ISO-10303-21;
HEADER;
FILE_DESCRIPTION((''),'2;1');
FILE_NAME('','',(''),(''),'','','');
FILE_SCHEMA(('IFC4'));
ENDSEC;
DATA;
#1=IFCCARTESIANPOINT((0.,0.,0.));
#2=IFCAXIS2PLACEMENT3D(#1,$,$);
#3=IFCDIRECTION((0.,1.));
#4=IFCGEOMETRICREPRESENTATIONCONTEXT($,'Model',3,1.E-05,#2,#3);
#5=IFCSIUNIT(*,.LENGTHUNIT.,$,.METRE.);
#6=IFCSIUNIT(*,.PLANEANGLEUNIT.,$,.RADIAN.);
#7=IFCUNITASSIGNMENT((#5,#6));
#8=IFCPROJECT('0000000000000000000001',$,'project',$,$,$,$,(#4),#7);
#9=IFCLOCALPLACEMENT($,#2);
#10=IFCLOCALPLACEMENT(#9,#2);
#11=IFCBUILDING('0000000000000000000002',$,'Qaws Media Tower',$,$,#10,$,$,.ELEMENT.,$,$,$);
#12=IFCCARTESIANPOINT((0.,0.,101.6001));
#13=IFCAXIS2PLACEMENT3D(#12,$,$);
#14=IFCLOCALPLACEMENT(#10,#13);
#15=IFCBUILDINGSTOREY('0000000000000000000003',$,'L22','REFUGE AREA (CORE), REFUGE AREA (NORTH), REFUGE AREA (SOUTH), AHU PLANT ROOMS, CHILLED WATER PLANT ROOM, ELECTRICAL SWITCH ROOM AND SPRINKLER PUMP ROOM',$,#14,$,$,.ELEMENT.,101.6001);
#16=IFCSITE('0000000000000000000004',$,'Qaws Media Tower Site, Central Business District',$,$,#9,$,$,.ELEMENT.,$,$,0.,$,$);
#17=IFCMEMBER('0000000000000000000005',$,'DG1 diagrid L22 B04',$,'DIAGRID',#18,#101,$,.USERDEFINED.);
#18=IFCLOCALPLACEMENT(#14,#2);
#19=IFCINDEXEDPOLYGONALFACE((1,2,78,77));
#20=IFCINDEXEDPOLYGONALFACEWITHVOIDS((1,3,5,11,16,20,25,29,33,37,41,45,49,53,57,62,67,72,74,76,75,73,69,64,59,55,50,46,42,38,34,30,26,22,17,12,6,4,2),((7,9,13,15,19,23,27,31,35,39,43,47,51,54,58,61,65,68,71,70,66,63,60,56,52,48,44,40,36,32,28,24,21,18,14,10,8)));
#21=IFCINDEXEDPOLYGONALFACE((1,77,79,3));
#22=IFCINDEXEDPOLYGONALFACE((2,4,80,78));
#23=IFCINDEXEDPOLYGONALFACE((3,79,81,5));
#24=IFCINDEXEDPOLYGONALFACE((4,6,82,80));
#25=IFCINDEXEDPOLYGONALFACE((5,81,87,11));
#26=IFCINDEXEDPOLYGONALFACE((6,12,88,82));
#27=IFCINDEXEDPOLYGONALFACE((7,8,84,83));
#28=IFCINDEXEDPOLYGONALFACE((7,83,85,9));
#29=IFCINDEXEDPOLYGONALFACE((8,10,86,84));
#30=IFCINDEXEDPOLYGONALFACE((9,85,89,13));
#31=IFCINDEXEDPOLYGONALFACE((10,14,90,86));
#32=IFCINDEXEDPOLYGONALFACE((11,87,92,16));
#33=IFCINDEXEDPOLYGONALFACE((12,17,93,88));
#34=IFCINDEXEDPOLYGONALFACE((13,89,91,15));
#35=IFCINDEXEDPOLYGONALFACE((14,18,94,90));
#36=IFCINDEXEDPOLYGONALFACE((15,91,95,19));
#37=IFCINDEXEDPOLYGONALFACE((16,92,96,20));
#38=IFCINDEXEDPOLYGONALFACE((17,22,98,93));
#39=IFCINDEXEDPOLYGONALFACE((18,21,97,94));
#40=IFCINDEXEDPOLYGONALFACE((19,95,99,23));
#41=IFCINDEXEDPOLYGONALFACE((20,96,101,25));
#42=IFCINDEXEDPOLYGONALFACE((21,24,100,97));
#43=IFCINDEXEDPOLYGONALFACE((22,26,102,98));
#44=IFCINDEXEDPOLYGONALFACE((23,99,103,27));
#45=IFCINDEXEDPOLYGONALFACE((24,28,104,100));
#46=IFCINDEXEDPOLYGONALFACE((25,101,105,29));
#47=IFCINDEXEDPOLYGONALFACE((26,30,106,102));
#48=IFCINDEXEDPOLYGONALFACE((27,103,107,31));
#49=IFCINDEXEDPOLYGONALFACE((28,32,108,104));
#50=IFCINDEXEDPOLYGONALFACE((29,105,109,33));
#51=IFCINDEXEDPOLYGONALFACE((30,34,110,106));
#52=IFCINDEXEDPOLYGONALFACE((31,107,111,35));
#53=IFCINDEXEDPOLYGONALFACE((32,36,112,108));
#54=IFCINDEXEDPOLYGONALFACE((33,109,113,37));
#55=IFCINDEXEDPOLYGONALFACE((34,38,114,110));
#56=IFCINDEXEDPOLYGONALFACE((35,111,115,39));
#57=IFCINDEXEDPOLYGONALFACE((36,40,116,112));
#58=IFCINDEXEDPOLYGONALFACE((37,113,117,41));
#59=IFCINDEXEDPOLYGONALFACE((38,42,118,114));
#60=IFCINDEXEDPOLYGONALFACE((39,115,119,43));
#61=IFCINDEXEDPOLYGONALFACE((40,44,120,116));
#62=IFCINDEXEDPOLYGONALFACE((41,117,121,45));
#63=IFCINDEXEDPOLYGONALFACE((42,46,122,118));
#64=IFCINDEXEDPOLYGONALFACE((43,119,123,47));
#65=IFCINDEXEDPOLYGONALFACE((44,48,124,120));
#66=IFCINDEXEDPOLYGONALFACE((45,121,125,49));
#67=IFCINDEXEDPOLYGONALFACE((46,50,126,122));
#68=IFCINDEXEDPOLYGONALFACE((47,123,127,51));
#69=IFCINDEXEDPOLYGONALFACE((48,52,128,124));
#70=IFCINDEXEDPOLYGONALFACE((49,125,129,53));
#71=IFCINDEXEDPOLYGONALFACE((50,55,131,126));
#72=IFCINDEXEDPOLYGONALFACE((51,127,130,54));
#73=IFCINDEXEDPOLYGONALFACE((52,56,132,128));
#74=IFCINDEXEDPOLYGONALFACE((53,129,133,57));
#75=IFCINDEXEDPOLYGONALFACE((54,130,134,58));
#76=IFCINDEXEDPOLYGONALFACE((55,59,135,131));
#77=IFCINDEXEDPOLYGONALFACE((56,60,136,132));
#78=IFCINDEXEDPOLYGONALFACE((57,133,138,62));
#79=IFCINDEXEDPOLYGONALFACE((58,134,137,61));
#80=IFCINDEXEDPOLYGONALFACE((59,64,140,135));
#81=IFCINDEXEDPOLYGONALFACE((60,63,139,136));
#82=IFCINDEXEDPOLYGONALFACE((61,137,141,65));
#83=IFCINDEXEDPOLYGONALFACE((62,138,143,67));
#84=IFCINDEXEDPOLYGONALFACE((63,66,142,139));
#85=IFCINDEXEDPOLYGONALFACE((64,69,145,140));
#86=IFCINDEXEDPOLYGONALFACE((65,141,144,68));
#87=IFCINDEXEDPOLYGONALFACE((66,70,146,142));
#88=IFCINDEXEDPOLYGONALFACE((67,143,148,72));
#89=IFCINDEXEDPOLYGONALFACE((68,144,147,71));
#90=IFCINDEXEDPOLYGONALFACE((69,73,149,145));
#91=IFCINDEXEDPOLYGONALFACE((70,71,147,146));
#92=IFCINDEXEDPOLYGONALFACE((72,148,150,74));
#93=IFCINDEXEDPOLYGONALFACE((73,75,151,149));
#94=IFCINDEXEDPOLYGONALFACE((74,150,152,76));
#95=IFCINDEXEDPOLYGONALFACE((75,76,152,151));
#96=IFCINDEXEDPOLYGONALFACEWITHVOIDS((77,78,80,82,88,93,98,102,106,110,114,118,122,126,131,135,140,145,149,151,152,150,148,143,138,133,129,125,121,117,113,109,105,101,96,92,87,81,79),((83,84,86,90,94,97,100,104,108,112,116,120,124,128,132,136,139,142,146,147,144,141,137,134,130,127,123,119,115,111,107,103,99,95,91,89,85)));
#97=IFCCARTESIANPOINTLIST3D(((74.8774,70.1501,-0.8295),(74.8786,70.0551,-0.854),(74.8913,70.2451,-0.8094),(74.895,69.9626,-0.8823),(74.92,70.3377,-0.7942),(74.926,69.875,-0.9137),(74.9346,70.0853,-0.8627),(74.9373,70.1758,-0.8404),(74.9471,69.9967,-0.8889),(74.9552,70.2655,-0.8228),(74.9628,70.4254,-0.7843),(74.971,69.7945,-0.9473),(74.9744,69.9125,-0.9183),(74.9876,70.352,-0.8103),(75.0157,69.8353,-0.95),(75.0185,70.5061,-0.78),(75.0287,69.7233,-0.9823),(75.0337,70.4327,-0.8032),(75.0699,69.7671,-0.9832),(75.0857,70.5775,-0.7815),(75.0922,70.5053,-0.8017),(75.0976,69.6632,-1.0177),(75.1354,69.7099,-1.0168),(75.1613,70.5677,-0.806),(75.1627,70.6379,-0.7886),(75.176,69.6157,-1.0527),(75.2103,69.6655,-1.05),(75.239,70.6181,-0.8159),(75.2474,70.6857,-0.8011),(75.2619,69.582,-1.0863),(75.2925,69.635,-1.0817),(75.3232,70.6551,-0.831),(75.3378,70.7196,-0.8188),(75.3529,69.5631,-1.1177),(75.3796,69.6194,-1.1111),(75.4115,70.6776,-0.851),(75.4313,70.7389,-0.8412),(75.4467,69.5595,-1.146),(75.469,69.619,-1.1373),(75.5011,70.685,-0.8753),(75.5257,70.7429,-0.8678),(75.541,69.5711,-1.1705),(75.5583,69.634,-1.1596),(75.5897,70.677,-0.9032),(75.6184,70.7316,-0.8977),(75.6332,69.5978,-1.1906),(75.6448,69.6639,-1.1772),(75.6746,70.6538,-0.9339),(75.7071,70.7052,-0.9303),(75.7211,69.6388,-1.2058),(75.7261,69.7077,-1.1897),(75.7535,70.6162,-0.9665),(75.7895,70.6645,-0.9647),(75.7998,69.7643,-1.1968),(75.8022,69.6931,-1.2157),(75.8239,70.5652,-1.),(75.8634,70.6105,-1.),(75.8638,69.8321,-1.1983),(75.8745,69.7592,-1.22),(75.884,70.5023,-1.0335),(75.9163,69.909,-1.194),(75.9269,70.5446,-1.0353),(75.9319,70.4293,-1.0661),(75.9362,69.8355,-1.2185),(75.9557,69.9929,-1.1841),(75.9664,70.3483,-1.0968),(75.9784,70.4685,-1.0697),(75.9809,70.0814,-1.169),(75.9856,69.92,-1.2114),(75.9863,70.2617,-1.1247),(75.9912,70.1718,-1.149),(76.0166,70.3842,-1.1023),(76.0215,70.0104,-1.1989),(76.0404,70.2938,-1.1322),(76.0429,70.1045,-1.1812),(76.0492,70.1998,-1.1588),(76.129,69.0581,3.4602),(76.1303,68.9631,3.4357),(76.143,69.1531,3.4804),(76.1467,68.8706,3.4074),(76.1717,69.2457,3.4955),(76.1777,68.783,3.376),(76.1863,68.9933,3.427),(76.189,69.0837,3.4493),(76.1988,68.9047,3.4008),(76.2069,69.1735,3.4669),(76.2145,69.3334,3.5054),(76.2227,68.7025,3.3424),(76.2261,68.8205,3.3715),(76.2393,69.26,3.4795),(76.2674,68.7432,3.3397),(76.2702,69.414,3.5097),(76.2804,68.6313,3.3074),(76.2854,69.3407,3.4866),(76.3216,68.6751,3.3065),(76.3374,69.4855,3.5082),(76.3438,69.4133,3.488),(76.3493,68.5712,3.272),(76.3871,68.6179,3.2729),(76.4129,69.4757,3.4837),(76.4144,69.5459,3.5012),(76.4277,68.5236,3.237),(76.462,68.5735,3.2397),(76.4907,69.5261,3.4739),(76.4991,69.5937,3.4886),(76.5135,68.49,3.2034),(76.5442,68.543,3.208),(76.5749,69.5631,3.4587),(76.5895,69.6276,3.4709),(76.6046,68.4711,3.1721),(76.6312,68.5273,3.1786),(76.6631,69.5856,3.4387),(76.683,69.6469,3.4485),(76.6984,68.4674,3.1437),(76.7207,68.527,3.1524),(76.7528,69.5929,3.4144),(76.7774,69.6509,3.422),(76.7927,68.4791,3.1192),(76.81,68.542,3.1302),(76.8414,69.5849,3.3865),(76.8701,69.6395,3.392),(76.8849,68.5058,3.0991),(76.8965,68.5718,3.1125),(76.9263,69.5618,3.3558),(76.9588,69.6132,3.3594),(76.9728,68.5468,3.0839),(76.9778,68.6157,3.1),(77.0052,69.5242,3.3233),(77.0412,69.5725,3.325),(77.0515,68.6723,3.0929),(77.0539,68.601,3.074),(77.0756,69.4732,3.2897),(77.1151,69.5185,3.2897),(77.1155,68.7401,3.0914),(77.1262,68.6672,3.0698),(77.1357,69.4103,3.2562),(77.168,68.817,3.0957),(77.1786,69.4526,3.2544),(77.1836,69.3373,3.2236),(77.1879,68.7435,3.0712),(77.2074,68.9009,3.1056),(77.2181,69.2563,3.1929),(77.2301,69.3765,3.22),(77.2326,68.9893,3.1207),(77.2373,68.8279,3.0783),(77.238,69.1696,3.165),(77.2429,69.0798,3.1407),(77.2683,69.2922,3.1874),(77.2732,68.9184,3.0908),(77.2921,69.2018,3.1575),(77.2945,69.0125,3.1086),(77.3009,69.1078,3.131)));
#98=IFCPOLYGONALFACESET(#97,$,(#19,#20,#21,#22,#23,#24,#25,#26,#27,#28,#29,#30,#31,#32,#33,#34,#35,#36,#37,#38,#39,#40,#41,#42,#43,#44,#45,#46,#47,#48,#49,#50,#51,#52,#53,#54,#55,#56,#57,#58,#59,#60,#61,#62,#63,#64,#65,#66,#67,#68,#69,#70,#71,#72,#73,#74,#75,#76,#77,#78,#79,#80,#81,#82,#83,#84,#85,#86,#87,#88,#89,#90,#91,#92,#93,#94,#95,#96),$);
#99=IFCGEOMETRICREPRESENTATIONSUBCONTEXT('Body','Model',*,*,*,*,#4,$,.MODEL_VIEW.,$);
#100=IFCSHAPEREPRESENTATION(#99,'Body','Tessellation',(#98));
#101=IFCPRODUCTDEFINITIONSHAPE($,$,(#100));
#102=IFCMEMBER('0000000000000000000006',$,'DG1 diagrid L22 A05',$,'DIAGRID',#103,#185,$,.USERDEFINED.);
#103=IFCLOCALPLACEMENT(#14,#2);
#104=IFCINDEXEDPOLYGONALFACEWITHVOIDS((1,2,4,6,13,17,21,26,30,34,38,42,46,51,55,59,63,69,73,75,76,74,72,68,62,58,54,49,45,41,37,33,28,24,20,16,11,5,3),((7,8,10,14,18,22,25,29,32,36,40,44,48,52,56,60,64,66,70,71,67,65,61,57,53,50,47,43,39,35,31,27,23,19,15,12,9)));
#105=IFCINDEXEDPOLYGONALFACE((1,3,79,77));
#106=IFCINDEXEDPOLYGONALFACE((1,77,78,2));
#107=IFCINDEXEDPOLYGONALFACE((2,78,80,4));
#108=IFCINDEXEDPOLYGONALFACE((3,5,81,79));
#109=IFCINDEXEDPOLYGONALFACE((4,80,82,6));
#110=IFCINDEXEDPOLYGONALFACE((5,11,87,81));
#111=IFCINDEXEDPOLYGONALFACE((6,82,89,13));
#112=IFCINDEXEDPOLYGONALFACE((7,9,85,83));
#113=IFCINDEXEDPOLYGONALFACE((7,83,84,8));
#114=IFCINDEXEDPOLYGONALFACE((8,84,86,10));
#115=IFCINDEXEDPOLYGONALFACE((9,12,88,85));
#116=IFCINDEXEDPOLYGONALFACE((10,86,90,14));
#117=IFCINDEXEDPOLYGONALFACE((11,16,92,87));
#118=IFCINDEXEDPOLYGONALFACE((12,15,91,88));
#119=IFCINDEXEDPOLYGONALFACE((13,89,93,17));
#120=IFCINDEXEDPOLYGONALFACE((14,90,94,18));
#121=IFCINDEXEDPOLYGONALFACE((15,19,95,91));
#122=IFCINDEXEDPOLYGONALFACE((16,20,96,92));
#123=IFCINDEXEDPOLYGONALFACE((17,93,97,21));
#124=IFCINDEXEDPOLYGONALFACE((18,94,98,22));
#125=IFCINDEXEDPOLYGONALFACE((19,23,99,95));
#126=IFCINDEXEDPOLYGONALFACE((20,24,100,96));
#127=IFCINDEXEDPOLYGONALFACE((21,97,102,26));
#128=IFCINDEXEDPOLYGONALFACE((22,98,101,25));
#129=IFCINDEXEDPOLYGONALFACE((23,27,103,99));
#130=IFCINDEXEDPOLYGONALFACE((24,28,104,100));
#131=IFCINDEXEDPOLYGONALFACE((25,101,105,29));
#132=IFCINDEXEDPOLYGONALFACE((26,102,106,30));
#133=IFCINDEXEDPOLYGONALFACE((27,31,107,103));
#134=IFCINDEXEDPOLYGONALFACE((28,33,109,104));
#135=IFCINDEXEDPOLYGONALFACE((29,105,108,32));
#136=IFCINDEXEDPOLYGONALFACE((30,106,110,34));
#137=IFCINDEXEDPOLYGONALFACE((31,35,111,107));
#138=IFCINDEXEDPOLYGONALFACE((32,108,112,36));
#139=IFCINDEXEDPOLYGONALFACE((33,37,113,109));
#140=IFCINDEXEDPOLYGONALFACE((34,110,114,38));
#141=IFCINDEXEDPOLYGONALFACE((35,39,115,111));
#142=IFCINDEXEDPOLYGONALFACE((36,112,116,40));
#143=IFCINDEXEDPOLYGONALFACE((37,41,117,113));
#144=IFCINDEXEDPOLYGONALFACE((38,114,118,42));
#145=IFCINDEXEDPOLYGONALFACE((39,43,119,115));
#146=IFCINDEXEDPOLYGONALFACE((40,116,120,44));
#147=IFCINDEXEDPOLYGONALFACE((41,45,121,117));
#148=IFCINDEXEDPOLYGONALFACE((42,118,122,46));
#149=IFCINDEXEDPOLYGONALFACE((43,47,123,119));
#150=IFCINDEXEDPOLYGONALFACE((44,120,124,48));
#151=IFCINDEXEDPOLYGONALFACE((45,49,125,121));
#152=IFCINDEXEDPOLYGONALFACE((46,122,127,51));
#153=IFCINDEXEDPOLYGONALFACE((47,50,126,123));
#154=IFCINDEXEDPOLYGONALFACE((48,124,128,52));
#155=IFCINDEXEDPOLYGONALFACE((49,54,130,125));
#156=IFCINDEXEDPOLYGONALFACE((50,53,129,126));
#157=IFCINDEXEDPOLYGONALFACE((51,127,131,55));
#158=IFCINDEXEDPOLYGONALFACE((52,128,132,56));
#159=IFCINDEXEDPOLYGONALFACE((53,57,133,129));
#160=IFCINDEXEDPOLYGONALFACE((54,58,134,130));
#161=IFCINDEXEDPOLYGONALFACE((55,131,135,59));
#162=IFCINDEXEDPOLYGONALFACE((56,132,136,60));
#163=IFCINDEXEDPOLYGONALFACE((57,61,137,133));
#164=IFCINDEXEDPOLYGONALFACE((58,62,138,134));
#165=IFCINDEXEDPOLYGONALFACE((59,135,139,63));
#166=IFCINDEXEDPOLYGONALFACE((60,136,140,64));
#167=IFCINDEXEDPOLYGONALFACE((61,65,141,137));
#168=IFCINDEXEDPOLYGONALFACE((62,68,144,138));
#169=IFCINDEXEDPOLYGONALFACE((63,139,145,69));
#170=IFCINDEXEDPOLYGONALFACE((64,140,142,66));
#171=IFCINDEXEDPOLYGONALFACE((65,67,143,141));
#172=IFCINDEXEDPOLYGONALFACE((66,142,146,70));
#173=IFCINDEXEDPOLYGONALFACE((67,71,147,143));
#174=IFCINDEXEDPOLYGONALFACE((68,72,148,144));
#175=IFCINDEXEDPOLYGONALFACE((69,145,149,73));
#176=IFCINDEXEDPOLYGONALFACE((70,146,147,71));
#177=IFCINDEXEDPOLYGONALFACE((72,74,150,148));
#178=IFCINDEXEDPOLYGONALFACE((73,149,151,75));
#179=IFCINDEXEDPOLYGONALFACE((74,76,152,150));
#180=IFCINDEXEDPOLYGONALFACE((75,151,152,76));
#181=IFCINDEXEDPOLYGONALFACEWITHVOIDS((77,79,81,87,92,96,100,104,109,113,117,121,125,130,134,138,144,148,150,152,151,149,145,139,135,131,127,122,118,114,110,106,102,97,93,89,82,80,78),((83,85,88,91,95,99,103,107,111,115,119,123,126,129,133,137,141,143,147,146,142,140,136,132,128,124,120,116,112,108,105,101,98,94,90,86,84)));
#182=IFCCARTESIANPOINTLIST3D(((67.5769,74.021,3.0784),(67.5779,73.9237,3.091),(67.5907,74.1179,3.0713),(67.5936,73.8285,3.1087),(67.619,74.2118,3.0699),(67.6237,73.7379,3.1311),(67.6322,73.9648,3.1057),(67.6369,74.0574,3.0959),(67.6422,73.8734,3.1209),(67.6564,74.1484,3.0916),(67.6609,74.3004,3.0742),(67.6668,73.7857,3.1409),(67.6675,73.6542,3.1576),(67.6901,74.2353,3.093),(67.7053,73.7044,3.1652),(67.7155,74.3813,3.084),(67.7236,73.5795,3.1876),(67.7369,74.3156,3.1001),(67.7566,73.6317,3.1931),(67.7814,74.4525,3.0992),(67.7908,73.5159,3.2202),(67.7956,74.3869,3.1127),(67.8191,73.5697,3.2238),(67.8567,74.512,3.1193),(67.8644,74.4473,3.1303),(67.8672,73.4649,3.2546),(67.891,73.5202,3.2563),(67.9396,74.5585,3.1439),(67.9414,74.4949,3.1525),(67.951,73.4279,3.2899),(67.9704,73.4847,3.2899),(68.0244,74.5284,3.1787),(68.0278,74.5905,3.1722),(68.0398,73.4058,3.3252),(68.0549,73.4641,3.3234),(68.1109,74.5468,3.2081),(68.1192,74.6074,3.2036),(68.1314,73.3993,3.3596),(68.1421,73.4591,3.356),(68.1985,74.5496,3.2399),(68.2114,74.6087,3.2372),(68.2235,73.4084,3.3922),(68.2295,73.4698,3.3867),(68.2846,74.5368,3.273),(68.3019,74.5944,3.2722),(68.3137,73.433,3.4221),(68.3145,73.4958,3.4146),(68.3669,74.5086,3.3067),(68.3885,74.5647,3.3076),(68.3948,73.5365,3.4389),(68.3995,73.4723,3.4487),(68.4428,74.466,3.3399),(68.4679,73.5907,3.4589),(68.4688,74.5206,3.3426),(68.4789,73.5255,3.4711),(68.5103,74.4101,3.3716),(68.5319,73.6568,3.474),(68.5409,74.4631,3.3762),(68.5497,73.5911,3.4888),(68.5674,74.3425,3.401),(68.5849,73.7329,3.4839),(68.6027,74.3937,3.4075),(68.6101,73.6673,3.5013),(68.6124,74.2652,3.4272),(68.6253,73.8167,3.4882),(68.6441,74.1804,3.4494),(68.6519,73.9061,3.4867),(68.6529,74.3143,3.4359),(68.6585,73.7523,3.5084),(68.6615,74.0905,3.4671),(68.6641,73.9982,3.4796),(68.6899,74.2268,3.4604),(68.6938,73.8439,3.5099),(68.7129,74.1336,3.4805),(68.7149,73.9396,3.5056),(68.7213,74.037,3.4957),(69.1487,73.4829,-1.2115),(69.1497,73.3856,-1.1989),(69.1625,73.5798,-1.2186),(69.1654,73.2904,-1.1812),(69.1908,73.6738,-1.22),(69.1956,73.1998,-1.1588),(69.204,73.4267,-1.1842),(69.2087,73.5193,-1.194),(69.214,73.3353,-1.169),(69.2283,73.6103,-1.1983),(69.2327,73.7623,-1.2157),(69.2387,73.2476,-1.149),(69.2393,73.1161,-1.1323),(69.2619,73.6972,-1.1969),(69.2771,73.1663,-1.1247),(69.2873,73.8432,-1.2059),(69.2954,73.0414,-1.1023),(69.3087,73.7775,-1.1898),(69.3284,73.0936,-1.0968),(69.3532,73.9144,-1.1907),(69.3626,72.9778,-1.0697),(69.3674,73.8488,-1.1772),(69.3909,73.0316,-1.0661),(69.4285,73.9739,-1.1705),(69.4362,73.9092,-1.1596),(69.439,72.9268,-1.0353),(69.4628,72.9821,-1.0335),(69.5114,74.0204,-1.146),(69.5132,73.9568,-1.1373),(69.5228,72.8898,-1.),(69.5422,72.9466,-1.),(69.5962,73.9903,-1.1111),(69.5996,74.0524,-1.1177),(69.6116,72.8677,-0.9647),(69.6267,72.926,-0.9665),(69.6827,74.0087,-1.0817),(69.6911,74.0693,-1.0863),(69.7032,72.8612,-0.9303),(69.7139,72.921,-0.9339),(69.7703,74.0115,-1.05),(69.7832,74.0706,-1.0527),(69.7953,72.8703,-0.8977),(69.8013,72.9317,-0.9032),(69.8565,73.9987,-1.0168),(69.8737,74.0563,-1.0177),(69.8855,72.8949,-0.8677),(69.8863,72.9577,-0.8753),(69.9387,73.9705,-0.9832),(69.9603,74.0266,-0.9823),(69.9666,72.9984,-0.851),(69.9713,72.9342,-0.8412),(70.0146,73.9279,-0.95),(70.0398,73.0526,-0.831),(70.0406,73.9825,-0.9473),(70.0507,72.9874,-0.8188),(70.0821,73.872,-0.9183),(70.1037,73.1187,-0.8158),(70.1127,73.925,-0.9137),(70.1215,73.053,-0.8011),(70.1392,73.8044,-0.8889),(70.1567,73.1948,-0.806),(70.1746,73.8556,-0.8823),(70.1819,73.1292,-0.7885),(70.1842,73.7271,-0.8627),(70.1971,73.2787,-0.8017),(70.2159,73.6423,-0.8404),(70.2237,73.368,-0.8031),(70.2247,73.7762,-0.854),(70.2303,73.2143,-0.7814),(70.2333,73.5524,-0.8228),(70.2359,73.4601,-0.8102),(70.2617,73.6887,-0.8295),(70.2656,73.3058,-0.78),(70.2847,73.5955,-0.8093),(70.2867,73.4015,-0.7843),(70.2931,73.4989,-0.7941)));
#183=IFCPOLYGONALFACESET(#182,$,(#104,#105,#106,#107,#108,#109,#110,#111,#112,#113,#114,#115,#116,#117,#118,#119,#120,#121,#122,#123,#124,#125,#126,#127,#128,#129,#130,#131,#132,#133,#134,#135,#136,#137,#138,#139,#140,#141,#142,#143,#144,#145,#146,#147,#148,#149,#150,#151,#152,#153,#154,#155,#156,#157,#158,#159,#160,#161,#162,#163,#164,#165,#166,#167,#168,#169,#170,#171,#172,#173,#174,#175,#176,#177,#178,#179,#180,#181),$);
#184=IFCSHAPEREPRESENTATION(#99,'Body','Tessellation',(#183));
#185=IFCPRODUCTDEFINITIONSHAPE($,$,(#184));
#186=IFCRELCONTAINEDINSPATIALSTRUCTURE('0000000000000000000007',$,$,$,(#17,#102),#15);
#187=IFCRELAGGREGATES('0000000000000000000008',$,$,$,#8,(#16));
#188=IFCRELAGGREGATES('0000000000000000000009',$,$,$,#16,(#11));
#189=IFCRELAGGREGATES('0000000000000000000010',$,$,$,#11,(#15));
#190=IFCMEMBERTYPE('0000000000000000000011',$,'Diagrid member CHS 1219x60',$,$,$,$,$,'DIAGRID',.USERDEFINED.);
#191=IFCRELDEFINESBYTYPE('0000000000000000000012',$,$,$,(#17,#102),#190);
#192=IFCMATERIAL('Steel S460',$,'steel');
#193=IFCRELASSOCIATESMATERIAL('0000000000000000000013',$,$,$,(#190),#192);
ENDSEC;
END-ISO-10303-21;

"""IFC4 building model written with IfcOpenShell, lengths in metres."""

from ifc_helpers import new_model, si_unit, direction, frame, origin, origin_2d, place, context, subcontext, project, spatial, hollow_circle, extrude, material, material_profile, profile_set, type_object, element, save


model = new_model("IFC4")

# Units and contexts
model_context = context("Model", 3, precision=1e-05, world=origin(), true_north=direction((0.0, 1.0)))
body_context = subcontext(model_context, "Body", "Model", "MODEL_VIEW")
ifc_project = project(units=[si_unit("LENGTHUNIT", "METRE"), si_unit("PLANEANGLEUNIT", "RADIAN")], contexts=[model_context])

# Site, building, storey
site_placement = place(None, origin())
site = spatial("IfcSite", under=ifc_project, at=site_placement, Name="Qaws Media Tower Site, Central Business District", CompositionType="ELEMENT", RefElevation=0.0)
building_placement = place(site_placement, origin())
building = spatial("IfcBuilding", under=site, at=building_placement, Name="Qaws Media Tower", CompositionType="ELEMENT")
storey_placement = place(building_placement, frame((0.0, 0.0, 101.6001)))
storey = spatial("IfcBuildingStorey", under=building, at=storey_placement, Name="L22", Description="REFUGE AREA (CORE), REFUGE AREA (NORTH), REFUGE AREA (SOUTH), AHU PLANT ROOMS, CHILLED WATER PLANT ROOM, ELECTRICAL SWITCH ROOM AND SPRINKLER PUMP ROOM", CompositionType="ELEMENT", Elevation=101.6001)

# Members
ifc_material_1 = material(Name="Steel S460", Category="steel")
ifc_material_profile_1 = material_profile(ifc_material_1, hollow_circle(Radius=0.6096, WallThickness=0.0601, at=origin_2d()), Name="CHS 1219x60")
ifc_profile_set_1 = profile_set([ifc_material_profile_1], Name="Steel S460")
member_type_1 = type_object("IfcMemberType", Name="Diagrid member CHS 1219x60", ElementType="DIAGRID", PredefinedType="USERDEFINED", material=ifc_profile_set_1)
member_1_placement = place(storey_placement, frame((75.4626, 70.1511, -1.0), z_axis=(0.2721, -0.237391, 0.932527), x_axis=(0.657411, 0.753532, 0.0)))
element("IfcMember", 1, at=member_1_placement, inside=storey, type_object=member_type_1, Name="DG1 diagrid L22 B04", ObjectType="DIAGRID", PredefinedType="USERDEFINED", context=body_context, shape_type="SweptSolid", body=[
    extrude(hollow_circle(Radius=0.6096, WallThickness=0.0601, at=origin_2d()), origin(), (0.0, 0.0, 1.0), 4.6001),
])
member_2_placement = place(storey_placement, frame((69.7202, 73.4666, -1.0), z_axis=(-0.341672, 0.116969, 0.932512), x_axis=(-0.323888, -0.946095, 0.0)))
element("IfcMember", 2, at=member_2_placement, inside=storey, type_object=member_type_1, Name="DG1 diagrid L22 A05", ObjectType="DIAGRID", PredefinedType="USERDEFINED", context=body_context, shape_type="SweptSolid", body=[
    extrude(hollow_circle(Radius=0.6096, WallThickness=0.0601, at=origin_2d()), origin(), (0.0, 0.0, 1.0), 4.6003),
])

save(model, "model.ifc")
